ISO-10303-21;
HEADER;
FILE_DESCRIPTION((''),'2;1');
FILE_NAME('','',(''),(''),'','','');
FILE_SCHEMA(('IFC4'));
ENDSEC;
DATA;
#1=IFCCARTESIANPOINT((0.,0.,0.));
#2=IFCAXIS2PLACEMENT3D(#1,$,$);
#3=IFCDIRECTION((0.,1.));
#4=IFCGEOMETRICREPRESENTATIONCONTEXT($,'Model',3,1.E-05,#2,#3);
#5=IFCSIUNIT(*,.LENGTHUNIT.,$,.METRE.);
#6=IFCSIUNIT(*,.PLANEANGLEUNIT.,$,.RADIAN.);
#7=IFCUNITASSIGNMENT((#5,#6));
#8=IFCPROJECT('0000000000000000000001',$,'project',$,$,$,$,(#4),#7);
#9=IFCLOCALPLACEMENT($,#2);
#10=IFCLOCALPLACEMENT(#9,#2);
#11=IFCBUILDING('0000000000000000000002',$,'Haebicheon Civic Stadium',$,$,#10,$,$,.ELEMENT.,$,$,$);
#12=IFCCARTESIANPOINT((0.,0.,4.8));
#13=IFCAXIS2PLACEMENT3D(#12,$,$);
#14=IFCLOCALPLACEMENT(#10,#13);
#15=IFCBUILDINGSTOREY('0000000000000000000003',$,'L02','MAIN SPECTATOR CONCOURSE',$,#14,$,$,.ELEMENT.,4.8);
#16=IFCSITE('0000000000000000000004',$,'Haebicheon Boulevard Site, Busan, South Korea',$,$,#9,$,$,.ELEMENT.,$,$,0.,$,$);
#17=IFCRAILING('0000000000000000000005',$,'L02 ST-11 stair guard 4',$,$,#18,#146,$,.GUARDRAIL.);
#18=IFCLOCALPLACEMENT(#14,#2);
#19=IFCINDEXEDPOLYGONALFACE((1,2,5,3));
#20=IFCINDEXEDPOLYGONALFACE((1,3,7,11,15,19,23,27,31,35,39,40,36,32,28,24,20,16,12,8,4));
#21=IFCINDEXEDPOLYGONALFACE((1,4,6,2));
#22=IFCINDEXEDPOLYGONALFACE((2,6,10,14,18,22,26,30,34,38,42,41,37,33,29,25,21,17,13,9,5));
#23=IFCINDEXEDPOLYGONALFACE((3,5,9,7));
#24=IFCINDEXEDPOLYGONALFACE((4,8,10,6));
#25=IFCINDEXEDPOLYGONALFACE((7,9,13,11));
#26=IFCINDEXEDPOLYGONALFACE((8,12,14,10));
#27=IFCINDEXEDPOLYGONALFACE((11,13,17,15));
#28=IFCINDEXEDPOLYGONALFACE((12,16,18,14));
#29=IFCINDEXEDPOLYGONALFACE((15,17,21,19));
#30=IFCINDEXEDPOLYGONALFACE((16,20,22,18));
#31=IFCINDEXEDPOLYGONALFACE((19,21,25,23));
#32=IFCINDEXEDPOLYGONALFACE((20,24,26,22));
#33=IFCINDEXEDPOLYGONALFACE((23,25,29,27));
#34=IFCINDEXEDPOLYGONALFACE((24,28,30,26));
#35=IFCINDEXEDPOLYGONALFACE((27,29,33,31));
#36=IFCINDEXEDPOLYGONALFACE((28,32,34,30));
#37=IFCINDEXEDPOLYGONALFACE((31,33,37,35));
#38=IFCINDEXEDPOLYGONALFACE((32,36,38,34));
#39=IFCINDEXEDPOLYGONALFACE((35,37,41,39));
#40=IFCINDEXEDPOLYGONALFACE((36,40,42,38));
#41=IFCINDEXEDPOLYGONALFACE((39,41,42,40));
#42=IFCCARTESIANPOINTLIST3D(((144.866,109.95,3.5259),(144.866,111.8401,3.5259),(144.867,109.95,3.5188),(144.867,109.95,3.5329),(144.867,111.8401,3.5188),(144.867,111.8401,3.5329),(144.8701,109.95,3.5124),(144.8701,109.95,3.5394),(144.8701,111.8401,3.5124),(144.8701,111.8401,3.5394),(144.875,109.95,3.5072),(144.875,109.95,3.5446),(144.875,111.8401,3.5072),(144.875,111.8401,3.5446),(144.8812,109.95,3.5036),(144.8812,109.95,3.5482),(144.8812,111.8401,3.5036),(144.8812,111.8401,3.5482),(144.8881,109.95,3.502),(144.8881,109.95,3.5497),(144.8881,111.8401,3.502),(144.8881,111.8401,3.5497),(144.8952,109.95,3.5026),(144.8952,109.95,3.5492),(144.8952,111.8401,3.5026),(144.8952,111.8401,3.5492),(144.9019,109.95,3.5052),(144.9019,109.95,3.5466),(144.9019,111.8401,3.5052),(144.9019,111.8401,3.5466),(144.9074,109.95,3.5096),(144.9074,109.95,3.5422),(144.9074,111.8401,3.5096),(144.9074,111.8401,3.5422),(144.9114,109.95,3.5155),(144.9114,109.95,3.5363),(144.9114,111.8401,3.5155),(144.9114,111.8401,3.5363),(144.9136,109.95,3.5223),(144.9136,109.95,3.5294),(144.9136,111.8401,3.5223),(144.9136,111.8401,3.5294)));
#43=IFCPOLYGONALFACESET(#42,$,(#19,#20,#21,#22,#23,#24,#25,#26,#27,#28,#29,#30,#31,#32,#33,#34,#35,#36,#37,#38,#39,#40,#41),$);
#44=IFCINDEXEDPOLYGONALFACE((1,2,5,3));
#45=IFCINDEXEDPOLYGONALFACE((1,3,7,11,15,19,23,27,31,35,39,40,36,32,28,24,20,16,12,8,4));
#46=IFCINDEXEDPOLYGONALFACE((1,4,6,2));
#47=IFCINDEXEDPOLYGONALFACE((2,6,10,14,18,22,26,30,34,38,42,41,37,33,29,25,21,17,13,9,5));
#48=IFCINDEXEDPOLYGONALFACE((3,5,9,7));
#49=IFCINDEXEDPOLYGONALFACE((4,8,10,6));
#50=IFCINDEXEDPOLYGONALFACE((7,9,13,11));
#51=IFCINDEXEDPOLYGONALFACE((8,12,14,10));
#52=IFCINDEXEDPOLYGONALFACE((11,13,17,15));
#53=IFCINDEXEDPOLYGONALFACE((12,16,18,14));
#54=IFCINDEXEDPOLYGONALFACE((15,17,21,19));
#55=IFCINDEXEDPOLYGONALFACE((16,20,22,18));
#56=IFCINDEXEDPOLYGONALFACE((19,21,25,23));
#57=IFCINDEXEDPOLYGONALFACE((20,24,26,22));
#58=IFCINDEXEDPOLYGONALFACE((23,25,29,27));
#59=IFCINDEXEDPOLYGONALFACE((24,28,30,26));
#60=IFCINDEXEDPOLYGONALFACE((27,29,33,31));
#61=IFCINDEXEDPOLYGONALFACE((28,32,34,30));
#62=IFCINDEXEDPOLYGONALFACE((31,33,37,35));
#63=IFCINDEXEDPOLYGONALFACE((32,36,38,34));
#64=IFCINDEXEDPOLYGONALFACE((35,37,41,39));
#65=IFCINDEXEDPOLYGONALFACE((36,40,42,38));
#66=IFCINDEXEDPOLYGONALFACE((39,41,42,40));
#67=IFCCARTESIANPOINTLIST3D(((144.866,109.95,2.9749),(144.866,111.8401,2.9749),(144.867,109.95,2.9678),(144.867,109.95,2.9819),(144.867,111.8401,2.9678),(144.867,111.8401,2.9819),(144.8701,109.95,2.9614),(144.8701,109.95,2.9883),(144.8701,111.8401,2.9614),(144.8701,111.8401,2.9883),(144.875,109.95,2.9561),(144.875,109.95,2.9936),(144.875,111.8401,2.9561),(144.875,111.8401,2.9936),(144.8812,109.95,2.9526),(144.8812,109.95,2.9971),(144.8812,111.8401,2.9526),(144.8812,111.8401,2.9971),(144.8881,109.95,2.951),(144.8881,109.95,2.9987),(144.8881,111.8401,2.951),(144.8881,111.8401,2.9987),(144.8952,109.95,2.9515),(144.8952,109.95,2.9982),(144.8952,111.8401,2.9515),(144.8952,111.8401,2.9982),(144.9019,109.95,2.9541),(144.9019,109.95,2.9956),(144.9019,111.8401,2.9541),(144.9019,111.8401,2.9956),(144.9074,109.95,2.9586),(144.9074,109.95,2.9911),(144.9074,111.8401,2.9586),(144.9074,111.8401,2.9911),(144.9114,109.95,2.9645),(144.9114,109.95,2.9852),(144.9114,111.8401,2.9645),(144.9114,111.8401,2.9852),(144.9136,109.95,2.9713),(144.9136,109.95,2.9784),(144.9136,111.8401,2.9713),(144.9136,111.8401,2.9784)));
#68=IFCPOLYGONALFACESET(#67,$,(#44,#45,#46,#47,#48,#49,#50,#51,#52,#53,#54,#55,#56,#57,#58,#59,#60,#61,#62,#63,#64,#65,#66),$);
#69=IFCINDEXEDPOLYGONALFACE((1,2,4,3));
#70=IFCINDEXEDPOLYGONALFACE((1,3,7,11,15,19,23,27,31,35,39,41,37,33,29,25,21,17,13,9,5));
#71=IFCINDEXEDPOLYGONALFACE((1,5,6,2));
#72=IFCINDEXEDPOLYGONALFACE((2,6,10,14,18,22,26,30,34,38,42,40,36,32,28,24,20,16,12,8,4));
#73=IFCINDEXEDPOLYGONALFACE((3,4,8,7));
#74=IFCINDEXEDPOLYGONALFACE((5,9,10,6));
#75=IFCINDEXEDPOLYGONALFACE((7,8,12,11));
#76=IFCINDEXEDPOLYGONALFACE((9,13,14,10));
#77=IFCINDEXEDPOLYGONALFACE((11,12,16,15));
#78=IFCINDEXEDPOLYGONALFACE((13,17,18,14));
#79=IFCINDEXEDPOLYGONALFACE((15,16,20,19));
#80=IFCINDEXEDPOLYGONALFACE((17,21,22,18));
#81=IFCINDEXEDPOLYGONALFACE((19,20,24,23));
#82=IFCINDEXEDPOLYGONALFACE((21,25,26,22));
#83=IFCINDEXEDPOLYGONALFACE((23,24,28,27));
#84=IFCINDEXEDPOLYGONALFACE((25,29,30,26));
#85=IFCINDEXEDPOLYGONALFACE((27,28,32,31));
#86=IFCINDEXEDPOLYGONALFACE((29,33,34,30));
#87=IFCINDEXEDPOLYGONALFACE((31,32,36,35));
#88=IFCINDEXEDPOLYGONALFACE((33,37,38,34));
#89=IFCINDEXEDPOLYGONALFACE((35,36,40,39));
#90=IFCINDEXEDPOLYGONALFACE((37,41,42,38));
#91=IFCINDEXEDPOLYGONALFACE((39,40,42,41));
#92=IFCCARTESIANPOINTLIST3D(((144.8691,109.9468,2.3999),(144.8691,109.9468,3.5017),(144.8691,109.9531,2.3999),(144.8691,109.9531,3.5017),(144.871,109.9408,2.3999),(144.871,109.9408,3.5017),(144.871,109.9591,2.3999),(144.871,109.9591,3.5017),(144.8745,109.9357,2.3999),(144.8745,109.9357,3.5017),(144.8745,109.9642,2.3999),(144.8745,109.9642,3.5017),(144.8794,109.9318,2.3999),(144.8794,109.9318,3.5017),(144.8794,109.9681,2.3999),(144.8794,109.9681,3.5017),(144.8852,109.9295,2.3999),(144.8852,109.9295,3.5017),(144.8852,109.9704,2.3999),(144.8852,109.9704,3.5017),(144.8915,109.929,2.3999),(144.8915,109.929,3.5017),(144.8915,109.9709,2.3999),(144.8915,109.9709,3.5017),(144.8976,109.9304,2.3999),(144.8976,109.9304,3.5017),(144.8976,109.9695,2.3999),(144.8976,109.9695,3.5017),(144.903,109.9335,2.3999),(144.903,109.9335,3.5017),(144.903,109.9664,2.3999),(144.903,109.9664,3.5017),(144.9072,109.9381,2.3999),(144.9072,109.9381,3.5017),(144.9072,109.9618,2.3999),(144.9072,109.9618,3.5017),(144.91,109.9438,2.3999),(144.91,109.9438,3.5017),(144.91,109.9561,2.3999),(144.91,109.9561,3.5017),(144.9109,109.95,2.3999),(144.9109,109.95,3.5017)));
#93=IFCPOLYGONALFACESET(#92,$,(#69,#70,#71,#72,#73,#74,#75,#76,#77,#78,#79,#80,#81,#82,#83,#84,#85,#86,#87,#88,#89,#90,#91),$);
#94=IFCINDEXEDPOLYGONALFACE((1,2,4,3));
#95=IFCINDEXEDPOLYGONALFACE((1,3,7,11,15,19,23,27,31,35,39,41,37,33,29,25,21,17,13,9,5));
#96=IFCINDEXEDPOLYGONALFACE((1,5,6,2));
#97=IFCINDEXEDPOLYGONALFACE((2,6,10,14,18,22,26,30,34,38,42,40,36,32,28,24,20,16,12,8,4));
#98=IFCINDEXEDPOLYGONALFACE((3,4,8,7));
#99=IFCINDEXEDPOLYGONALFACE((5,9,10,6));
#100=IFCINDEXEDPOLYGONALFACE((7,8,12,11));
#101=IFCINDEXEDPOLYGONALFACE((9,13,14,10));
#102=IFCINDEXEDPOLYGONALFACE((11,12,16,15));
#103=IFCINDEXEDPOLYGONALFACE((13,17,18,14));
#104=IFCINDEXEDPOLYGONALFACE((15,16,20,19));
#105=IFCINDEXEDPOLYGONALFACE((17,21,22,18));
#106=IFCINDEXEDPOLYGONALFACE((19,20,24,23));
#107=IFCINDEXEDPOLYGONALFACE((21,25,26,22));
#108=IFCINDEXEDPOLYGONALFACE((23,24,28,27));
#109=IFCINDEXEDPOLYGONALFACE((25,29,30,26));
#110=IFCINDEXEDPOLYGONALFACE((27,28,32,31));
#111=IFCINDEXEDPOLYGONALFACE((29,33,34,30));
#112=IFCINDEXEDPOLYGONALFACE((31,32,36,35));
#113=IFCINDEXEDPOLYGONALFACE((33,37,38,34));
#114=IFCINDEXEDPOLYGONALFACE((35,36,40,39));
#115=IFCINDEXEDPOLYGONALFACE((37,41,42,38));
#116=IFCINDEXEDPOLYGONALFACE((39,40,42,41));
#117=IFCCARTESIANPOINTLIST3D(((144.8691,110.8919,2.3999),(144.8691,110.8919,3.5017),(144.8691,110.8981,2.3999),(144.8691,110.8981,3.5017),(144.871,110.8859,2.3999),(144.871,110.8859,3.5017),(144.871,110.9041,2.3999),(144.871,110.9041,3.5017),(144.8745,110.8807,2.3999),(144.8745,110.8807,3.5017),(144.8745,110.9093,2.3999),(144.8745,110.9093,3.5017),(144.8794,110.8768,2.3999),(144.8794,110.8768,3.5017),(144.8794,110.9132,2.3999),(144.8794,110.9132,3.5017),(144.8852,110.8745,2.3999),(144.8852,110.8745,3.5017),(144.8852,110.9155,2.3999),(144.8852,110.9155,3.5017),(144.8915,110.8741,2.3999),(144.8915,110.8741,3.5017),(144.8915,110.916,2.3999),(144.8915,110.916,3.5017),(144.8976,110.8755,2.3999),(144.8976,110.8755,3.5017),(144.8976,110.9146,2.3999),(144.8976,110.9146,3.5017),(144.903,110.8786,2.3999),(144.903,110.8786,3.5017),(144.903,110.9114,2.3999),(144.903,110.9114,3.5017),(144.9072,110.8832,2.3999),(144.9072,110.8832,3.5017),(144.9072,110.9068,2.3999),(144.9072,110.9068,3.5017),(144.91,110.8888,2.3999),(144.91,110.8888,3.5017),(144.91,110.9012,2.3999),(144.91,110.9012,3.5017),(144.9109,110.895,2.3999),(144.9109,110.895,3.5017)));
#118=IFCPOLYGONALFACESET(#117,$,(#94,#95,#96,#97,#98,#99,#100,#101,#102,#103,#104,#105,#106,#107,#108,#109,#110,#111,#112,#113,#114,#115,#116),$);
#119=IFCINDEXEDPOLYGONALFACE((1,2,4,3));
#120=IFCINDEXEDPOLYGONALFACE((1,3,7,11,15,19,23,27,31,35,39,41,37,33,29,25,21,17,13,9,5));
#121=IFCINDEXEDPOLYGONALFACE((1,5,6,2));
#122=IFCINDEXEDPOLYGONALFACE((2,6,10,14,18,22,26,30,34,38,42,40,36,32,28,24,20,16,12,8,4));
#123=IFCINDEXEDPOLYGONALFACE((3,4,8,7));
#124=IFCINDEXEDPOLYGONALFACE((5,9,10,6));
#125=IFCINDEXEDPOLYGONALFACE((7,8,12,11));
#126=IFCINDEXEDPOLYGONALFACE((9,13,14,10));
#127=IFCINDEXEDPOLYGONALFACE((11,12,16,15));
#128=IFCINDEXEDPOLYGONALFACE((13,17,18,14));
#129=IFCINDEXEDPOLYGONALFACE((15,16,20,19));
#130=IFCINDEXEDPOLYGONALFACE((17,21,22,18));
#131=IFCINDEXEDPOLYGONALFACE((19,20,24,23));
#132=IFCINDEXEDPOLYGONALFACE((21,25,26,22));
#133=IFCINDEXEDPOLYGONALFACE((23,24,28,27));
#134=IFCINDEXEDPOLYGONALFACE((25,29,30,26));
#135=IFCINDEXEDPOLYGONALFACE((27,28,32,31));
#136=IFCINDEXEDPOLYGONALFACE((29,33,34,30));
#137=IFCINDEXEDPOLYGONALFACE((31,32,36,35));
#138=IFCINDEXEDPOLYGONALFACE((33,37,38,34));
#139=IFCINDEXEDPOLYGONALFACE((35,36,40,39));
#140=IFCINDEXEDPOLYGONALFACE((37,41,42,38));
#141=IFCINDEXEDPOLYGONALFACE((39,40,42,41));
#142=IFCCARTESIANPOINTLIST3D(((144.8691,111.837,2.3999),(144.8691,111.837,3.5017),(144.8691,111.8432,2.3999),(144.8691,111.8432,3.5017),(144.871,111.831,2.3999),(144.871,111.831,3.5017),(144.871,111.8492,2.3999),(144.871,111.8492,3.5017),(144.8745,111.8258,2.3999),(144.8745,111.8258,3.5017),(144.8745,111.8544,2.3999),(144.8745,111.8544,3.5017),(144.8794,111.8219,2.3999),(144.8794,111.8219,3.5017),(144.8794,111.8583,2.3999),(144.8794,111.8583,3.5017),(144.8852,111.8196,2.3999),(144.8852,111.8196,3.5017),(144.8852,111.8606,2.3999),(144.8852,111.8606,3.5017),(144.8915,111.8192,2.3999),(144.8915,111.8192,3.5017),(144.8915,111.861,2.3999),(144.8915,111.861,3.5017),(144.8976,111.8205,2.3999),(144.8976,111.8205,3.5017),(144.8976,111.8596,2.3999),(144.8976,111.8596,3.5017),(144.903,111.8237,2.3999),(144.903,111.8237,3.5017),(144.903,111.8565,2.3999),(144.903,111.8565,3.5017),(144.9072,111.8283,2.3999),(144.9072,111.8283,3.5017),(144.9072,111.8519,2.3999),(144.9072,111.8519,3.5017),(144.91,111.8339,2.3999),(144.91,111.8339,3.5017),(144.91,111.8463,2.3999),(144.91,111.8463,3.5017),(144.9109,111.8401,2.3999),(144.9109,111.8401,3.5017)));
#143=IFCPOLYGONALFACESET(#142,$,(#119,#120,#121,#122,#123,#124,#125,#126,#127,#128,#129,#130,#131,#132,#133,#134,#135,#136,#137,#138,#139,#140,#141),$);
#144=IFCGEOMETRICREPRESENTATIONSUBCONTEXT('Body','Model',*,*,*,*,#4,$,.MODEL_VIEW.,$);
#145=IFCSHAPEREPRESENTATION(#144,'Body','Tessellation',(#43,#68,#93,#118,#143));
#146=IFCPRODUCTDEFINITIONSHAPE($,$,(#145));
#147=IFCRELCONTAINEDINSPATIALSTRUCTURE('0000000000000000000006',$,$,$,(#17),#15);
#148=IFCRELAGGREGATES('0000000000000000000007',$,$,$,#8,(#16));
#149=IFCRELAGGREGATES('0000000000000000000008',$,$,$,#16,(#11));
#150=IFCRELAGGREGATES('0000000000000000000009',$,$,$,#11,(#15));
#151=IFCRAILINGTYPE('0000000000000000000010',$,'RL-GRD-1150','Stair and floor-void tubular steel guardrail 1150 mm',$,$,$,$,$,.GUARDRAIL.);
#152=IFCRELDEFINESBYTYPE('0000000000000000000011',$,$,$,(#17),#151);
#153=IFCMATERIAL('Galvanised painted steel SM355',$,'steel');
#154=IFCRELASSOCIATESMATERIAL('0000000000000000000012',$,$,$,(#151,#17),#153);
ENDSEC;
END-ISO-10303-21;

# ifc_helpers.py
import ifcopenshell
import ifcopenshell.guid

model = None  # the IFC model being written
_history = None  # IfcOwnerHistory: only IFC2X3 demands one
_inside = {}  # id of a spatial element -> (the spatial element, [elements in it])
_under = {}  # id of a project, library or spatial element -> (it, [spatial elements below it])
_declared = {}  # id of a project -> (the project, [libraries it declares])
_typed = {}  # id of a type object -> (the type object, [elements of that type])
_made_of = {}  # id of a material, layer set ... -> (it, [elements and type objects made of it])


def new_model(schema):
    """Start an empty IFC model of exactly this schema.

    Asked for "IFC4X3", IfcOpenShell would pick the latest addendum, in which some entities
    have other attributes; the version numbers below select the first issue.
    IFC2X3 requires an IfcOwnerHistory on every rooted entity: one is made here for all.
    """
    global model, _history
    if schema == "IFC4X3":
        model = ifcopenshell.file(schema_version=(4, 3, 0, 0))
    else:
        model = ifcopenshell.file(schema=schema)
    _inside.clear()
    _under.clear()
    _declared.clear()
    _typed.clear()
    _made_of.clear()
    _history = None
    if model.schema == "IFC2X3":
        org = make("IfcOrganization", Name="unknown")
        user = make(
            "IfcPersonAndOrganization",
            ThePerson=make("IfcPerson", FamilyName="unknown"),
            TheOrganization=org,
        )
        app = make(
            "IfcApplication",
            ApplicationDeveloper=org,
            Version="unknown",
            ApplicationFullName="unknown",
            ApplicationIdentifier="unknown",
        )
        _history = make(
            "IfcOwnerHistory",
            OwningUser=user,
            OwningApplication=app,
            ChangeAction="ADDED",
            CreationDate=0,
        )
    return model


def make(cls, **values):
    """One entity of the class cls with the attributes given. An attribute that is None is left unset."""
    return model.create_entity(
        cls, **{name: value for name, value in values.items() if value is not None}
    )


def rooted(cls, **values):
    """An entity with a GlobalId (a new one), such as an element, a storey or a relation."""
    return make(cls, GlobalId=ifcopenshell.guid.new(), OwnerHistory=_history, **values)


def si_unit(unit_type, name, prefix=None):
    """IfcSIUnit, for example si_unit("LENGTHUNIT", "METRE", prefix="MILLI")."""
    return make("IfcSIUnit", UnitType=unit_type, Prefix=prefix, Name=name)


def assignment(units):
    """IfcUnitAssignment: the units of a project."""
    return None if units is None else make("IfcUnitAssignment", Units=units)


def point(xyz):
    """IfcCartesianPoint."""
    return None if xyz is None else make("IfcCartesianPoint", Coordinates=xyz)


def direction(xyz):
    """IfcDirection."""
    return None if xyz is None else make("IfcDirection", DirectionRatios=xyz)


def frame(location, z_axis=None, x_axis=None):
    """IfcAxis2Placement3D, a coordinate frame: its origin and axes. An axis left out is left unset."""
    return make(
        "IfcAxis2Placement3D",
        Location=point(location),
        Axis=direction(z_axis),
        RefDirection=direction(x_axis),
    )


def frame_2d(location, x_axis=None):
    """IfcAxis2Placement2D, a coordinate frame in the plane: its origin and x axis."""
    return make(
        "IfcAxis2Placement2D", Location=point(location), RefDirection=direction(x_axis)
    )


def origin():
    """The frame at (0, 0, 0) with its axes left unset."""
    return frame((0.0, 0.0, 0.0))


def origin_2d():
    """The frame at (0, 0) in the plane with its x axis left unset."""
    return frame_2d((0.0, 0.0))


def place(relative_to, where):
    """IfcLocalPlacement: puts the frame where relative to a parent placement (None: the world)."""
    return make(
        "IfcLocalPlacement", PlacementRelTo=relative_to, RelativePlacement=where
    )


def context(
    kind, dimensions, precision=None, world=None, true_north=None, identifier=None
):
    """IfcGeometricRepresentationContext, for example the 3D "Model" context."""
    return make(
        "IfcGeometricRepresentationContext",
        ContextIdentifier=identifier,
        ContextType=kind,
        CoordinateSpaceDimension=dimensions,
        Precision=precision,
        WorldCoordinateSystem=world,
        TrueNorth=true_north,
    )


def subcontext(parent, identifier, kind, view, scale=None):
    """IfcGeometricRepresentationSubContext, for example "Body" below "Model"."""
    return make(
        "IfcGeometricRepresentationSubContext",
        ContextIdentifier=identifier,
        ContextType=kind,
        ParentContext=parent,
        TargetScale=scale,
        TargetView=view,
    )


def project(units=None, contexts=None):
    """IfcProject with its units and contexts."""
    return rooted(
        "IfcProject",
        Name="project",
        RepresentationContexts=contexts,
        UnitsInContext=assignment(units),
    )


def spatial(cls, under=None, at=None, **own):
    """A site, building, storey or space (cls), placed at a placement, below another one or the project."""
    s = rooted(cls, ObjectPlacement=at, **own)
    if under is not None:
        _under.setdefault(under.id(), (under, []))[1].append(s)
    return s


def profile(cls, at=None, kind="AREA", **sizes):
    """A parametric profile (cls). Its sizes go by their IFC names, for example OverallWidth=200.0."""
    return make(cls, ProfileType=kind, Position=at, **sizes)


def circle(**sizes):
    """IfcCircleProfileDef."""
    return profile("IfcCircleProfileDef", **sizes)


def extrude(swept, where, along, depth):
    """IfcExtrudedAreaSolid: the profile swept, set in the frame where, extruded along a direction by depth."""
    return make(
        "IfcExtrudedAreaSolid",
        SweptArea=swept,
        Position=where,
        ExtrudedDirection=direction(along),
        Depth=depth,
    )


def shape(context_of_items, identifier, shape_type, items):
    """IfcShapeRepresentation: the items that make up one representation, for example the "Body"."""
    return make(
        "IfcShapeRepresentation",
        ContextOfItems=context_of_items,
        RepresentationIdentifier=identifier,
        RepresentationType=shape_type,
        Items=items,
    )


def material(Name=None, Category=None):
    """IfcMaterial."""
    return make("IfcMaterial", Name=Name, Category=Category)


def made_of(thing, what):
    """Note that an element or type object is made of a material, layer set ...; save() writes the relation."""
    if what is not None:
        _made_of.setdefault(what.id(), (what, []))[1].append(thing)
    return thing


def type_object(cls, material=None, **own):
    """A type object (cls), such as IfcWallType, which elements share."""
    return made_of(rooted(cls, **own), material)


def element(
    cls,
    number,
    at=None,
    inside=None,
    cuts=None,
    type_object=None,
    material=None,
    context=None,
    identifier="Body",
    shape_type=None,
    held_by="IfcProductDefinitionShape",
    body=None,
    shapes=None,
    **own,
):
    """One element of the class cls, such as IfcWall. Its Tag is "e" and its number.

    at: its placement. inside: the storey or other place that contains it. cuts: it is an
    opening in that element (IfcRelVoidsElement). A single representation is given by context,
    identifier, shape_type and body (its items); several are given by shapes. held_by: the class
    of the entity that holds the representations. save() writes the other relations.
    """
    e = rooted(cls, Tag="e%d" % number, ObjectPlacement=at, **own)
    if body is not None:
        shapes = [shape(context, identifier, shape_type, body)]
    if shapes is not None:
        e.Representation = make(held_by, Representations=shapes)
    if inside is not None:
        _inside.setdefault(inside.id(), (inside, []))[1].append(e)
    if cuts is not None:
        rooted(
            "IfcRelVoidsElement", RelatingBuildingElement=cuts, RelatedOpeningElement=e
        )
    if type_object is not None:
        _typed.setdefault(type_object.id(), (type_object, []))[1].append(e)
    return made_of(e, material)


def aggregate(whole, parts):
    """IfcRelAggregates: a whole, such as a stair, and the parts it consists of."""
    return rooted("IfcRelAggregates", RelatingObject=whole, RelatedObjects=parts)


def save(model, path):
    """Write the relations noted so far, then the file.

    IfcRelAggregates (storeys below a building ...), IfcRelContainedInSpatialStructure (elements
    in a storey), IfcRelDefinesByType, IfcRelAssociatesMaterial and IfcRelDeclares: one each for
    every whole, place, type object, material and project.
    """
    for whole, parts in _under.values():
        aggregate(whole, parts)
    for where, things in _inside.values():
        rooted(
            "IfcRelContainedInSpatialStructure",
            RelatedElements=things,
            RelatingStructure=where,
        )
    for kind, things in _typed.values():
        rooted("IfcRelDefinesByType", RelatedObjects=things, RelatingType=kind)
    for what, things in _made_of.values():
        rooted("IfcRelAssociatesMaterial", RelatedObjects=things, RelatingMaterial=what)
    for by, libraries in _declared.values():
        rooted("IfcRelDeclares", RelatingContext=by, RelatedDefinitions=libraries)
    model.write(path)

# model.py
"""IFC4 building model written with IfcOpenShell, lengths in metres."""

from ifc_helpers import new_model, si_unit, direction, frame, origin, origin_2d, place, context, subcontext, project, spatial, circle, extrude, material, type_object, element, save


model = new_model("IFC4")

# Units and contexts
model_context = context("Model", 3, precision=1e-05, world=origin(), true_north=direction((0.0, 1.0)))
body_context = subcontext(model_context, "Body", "Model", "MODEL_VIEW")
ifc_project = project(units=[si_unit("LENGTHUNIT", "METRE"), si_unit("PLANEANGLEUNIT", "RADIAN")], contexts=[model_context])

# Site, building, storey
site_placement = place(None, origin())
site = spatial("IfcSite", under=ifc_project, at=site_placement, Name="Haebicheon Boulevard Site, Busan, South Korea", CompositionType="ELEMENT", RefElevation=0.0)
building_placement = place(site_placement, origin())
building = spatial("IfcBuilding", under=site, at=building_placement, Name="Haebicheon Civic Stadium", CompositionType="ELEMENT")
storey_placement = place(building_placement, frame((0.0, 0.0, 4.8)))
storey = spatial("IfcBuildingStorey", under=building, at=storey_placement, Name="L02", Description="MAIN SPECTATOR CONCOURSE", CompositionType="ELEMENT", Elevation=4.8)

# Railing
ifc_material_1 = material(Name="Galvanised painted steel SM355", Category="steel")
railing_type_1 = type_object("IfcRailingType", Name="RL-GRD-1150", Description="Stair and floor-void tubular steel guardrail 1150 mm", PredefinedType="GUARDRAIL", material=ifc_material_1)
railing_1_placement = place(storey_placement, frame((144.8899, 109.95, 2.3999)))
element("IfcRailing", 1, at=railing_1_placement, inside=storey, type_object=railing_type_1, material=ifc_material_1, Name="L02 ST-11 stair guard 4", PredefinedType="GUARDRAIL", context=body_context, shape_type="SweptSolid", body=[
    extrude(circle(Radius=0.0239, at=origin_2d()), frame((0.0, 0.0, 1.126), z_axis=(0.0, 1.0, 0.0), x_axis=(-1.0, 0.0, 0.0)), (0.0, 0.0, 1.0), 1.8901),
    extrude(circle(Radius=0.0239, at=origin_2d()), frame((0.0, 0.0, 0.575), z_axis=(0.0, 1.0, 0.0), x_axis=(-1.0, 0.0, 0.0)), (0.0, 0.0, 1.0), 1.8901),
    extrude(circle(Radius=0.021, at=origin_2d()), origin(), (0.0, 0.0, 1.0), 1.1018),
    extrude(circle(Radius=0.021, at=origin_2d()), frame((0.0, 0.9451, 0.0)), (0.0, 0.0, 1.0), 1.1018),
    extrude(circle(Radius=0.021, at=origin_2d()), frame((0.0, 1.8901, 0.0)), (0.0, 0.0, 1.0), 1.1018),
])

save(model, "model.ifc")
